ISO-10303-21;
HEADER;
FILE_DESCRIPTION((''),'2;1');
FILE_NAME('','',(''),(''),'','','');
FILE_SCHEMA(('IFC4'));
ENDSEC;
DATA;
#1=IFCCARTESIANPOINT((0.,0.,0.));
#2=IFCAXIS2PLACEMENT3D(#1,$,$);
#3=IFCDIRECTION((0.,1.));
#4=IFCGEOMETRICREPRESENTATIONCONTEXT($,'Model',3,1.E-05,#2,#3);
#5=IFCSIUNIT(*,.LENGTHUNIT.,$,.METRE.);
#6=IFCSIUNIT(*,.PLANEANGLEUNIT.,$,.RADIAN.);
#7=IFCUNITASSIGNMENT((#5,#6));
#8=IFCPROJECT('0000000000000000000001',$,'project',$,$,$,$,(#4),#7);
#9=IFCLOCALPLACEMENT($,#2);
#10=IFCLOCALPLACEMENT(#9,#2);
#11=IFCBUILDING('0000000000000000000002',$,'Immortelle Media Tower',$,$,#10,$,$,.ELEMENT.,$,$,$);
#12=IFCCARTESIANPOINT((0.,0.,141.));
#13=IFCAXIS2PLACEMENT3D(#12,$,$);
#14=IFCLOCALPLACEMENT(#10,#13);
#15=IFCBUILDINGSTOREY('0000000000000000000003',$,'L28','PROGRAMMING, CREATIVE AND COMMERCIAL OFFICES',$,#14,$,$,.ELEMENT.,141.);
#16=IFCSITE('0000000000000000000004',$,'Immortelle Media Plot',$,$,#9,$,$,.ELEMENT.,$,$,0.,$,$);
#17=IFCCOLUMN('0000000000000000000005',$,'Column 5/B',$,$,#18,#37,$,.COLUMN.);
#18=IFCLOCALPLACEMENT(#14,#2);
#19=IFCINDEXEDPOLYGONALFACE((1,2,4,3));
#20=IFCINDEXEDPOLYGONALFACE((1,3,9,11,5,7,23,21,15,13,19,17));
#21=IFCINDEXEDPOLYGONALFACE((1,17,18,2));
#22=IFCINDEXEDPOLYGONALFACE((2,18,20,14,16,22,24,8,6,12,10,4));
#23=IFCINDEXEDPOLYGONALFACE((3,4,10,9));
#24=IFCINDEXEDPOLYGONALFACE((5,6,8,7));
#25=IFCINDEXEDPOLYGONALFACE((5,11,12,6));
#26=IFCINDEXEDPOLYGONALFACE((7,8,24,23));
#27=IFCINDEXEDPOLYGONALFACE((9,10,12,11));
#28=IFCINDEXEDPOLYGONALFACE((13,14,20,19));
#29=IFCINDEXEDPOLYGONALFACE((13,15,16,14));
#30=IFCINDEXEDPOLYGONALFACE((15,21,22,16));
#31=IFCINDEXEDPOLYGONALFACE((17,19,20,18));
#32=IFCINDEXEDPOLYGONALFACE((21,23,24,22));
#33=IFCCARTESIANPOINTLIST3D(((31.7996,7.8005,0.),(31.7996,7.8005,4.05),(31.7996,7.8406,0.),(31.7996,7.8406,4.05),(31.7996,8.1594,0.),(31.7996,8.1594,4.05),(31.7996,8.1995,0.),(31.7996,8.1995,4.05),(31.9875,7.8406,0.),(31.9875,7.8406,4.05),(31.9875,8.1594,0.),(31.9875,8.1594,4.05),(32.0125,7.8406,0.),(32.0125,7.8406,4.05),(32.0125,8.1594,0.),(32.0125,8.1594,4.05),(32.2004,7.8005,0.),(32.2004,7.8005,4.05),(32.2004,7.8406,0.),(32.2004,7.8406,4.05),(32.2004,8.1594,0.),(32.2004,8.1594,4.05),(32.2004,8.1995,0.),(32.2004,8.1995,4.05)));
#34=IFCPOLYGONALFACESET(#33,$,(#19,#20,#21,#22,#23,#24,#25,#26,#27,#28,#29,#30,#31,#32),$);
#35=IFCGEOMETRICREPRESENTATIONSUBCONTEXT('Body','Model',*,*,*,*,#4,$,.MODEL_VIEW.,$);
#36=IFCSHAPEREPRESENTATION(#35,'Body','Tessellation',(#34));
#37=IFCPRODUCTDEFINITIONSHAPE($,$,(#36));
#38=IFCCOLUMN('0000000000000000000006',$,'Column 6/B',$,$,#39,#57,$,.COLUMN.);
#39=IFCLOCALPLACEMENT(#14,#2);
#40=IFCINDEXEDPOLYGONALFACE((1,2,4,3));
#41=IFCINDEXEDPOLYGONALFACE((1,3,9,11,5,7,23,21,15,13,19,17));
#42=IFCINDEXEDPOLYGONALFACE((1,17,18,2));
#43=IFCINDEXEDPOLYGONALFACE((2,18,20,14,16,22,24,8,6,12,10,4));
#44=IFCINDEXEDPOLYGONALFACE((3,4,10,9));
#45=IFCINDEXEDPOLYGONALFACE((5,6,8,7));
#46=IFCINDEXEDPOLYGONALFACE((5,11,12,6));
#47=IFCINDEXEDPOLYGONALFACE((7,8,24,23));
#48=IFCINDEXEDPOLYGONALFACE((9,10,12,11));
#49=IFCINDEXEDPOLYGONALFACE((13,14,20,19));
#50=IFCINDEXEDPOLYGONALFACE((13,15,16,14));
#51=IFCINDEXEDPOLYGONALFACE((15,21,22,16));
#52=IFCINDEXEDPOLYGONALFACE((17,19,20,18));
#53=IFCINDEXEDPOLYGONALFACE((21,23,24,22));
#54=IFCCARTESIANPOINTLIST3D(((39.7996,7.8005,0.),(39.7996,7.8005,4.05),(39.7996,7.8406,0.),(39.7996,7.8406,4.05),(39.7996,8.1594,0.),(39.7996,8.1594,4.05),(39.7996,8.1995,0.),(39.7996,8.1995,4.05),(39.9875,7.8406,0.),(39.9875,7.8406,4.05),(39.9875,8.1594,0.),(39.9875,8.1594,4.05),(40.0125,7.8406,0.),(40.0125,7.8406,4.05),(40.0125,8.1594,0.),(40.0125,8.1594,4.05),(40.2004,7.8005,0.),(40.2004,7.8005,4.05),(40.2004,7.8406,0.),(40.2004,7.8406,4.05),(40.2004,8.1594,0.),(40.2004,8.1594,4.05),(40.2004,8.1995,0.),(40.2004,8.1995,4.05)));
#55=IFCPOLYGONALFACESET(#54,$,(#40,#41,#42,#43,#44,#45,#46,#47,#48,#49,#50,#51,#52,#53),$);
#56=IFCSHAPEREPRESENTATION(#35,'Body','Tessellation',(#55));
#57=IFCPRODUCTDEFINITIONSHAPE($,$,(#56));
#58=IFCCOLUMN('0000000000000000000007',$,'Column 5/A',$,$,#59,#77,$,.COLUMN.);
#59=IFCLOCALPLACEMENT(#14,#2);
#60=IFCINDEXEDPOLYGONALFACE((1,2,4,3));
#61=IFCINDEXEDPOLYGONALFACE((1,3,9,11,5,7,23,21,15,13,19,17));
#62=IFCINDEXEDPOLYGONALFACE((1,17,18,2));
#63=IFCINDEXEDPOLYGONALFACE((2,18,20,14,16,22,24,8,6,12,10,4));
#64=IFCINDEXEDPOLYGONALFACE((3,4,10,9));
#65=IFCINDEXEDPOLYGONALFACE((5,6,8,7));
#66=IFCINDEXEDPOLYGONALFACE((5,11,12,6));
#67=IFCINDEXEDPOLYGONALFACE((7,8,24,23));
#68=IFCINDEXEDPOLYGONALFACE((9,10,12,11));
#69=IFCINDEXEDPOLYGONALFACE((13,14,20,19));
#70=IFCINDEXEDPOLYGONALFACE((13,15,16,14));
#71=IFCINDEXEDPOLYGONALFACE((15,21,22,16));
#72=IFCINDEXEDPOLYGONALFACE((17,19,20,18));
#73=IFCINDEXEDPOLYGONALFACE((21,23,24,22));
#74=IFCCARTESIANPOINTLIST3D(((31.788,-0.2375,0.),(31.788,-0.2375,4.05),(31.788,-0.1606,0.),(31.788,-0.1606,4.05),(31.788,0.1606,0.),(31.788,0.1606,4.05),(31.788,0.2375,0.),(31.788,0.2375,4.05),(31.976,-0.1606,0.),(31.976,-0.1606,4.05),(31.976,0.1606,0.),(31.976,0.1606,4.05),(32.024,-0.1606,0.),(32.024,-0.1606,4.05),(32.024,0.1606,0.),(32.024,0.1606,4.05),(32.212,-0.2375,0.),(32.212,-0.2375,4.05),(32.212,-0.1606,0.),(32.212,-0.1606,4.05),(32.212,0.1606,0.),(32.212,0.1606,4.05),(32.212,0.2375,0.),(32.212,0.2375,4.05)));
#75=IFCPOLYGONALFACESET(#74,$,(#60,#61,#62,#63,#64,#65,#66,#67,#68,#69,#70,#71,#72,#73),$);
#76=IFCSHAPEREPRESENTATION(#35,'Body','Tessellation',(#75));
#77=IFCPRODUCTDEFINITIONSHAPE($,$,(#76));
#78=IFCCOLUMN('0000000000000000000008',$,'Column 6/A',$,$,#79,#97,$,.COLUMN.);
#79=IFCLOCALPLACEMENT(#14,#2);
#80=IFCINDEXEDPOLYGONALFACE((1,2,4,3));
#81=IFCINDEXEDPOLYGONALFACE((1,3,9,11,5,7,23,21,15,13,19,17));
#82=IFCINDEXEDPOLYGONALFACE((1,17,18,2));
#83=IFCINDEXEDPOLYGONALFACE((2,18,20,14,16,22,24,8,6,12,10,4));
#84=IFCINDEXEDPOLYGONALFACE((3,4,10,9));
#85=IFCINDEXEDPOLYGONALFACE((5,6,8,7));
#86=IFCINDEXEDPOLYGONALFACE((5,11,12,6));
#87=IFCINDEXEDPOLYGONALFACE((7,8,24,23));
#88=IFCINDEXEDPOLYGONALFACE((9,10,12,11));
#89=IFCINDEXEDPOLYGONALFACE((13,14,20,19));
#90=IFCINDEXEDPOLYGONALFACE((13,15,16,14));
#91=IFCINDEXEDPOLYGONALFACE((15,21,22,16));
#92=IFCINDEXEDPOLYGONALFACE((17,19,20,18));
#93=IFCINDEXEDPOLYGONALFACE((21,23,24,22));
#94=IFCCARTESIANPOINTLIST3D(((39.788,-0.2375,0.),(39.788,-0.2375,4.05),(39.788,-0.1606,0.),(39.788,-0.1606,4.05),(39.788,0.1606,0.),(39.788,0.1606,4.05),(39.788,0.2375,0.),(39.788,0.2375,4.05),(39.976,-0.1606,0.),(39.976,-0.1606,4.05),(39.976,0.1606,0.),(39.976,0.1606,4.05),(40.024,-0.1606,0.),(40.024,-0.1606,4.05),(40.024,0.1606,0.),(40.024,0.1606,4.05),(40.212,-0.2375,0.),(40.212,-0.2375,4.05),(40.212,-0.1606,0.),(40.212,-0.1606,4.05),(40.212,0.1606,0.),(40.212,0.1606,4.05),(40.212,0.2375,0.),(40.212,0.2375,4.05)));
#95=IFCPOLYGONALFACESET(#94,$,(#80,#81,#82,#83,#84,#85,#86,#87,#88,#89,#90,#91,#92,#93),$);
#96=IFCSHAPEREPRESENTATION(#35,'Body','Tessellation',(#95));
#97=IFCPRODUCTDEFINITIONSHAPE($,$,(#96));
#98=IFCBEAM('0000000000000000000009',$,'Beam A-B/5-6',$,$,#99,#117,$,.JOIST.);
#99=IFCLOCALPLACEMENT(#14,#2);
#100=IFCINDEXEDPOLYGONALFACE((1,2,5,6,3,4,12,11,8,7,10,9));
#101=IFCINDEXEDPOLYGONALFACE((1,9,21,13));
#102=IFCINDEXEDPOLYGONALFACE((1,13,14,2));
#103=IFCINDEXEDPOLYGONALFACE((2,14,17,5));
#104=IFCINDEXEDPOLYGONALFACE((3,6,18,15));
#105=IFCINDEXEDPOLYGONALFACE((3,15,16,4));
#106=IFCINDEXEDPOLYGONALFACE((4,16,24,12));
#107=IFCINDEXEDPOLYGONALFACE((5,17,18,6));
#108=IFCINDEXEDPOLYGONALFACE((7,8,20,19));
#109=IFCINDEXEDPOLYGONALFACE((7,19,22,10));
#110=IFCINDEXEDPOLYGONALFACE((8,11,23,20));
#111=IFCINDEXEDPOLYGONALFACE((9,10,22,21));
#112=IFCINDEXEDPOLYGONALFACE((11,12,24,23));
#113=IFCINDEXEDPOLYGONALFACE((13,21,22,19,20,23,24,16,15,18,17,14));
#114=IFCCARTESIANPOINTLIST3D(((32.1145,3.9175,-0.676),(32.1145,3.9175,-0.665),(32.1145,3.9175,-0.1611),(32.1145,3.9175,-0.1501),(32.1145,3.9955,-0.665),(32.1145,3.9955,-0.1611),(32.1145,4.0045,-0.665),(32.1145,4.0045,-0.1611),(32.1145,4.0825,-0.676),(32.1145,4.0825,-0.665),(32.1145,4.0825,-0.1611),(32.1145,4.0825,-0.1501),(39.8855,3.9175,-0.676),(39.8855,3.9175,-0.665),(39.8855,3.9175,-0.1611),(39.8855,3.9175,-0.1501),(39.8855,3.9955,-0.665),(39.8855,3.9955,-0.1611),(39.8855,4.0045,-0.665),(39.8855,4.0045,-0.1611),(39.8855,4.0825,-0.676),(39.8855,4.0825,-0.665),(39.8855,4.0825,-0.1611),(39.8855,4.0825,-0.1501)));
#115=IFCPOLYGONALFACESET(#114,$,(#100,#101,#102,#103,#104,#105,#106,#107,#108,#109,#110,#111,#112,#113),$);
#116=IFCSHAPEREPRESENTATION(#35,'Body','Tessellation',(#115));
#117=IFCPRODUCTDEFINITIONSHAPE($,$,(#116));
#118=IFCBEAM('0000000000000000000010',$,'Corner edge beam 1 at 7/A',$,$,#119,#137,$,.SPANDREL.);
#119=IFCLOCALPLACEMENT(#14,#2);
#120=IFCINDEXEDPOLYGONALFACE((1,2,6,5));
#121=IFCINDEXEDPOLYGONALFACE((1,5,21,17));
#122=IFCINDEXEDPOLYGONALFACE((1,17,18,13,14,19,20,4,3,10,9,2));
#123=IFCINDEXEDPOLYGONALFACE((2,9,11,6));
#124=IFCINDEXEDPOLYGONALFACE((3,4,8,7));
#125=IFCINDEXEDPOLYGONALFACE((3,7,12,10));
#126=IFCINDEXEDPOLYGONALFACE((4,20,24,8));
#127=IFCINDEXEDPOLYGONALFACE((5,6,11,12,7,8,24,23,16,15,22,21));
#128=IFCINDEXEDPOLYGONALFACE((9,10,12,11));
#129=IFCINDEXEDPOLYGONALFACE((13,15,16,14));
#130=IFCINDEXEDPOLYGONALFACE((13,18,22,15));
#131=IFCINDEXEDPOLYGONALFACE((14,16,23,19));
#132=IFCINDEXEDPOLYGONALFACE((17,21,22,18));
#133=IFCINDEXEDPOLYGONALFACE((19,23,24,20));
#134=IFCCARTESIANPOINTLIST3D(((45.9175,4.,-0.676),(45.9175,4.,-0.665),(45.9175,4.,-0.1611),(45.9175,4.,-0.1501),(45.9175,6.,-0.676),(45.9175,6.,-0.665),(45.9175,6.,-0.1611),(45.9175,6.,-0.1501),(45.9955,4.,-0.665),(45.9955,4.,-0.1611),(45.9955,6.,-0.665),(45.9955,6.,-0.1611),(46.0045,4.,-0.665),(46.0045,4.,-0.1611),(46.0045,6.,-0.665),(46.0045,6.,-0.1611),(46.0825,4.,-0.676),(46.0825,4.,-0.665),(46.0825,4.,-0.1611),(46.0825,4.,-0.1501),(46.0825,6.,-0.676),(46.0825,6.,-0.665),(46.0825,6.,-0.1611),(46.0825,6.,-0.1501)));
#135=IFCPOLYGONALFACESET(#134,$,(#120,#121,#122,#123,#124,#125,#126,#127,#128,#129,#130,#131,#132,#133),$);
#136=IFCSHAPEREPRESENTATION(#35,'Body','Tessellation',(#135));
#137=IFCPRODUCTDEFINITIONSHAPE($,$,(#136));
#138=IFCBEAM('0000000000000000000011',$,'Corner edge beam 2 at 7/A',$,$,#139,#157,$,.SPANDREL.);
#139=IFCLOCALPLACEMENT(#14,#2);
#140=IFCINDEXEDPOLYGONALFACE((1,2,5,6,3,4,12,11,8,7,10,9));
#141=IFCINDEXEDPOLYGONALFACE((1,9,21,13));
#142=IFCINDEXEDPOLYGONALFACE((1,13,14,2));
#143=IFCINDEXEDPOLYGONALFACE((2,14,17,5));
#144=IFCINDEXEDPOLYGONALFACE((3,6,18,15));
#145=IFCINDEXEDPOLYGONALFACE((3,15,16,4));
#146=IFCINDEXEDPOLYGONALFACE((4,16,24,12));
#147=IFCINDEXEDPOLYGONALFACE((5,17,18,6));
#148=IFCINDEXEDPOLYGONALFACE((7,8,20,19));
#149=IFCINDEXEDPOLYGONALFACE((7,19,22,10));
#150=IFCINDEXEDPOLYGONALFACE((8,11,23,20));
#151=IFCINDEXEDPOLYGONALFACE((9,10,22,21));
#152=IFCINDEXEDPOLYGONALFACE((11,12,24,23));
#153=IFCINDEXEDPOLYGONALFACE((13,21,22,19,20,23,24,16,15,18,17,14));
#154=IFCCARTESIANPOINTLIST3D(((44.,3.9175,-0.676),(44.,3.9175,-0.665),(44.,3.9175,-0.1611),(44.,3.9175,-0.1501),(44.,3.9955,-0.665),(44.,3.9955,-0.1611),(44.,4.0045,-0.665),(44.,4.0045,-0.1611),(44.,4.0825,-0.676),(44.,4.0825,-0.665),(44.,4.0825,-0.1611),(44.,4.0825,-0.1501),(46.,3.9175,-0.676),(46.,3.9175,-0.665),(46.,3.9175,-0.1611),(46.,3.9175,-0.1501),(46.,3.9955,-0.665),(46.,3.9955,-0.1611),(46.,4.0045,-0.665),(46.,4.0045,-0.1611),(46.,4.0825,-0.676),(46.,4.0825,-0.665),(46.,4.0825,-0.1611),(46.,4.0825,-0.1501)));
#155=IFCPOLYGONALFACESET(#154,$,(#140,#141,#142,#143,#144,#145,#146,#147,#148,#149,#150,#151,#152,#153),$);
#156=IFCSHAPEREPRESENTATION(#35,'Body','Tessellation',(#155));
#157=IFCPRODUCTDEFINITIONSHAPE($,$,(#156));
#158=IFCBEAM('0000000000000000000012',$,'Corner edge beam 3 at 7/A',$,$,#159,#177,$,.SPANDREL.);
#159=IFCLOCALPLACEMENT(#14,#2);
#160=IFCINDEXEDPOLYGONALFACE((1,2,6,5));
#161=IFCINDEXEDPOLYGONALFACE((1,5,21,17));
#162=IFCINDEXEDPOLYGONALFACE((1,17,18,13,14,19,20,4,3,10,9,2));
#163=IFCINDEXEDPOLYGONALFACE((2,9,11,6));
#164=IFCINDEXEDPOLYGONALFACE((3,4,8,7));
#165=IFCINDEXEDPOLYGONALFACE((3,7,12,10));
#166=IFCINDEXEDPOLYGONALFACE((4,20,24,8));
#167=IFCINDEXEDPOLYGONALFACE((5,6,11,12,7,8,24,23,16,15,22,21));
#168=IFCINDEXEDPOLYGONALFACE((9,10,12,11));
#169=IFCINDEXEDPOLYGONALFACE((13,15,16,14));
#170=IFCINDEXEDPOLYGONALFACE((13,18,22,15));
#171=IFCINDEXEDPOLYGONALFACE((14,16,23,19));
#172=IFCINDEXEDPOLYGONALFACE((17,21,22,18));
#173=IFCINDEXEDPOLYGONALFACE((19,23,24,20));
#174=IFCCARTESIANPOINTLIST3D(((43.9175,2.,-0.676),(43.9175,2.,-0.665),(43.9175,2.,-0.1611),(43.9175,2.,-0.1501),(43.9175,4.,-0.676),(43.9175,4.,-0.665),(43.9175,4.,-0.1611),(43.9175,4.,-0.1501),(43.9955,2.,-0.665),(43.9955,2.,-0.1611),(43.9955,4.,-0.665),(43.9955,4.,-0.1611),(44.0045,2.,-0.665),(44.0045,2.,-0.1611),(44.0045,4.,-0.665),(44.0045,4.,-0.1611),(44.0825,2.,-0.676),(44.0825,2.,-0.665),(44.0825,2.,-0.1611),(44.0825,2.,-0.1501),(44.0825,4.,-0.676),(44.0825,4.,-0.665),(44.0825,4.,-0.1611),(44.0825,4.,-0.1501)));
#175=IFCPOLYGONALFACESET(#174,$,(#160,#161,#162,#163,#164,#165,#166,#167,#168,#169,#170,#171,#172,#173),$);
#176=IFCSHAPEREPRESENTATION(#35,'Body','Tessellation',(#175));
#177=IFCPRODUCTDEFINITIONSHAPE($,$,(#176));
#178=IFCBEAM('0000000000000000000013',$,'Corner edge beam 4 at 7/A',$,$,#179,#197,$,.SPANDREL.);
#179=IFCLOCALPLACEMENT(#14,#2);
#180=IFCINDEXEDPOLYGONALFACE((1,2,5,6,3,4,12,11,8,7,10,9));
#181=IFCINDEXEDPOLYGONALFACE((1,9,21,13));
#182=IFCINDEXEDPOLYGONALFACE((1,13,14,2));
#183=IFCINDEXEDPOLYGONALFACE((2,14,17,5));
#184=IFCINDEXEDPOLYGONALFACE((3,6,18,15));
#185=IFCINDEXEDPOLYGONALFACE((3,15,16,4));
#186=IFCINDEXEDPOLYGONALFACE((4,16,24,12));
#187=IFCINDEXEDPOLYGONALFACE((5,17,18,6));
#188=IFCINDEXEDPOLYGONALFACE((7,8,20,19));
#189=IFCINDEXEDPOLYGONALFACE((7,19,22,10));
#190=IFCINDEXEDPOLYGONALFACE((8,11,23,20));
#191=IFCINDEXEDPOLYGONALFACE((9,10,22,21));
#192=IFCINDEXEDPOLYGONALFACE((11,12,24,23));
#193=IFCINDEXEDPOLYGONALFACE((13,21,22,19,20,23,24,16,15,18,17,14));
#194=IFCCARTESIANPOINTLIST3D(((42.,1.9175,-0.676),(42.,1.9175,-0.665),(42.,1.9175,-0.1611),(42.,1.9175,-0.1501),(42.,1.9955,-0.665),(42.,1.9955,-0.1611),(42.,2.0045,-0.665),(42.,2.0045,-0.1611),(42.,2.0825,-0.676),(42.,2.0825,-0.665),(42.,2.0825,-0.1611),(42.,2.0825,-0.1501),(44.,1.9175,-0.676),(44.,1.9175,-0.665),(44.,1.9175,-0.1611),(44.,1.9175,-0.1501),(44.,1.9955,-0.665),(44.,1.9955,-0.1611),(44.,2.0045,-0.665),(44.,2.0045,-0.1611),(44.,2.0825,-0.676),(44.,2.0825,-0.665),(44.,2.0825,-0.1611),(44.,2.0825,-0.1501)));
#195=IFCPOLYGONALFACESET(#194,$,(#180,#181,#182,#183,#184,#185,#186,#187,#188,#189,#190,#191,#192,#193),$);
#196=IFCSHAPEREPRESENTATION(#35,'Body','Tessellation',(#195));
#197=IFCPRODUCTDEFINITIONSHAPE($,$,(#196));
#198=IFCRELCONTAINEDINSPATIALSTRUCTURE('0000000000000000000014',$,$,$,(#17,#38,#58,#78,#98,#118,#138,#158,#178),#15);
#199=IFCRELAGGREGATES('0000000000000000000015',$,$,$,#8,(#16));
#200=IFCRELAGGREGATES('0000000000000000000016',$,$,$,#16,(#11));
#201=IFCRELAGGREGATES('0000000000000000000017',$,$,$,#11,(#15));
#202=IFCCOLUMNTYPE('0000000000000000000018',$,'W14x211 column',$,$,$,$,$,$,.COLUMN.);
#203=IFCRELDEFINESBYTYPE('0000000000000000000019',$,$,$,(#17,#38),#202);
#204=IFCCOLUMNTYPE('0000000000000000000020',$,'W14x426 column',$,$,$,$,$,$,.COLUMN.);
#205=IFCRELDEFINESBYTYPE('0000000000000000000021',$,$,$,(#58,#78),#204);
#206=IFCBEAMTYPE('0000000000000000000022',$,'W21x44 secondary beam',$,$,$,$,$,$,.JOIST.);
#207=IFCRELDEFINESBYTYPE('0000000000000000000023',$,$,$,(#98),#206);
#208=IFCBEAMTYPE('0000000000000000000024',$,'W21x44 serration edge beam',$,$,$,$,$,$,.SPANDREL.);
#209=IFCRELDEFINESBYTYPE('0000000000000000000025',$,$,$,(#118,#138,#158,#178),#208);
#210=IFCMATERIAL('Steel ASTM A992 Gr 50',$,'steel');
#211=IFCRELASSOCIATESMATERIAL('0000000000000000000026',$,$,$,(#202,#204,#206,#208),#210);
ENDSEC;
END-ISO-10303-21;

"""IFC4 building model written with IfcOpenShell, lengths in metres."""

from ifc_helpers import new_model, si_unit, direction, frame, origin, origin_2d, place, context, subcontext, project, spatial, i_section, extrude, material, material_profile, profile_set, type_object, element, save


model = new_model("IFC4")

# Units and contexts
model_context = context("Model", 3, precision=1e-05, world=origin(), true_north=direction((0.0, 1.0)))
body_context = subcontext(model_context, "Body", "Model", "MODEL_VIEW")
ifc_project = project(units=[si_unit("LENGTHUNIT", "METRE"), si_unit("PLANEANGLEUNIT", "RADIAN")], contexts=[model_context])

# Site, building, storey
site_placement = place(None, origin())
site = spatial("IfcSite", under=ifc_project, at=site_placement, Name="Immortelle Media Plot", CompositionType="ELEMENT", RefElevation=0.0)
building_placement = place(site_placement, origin())
building = spatial("IfcBuilding", under=site, at=building_placement, Name="Immortelle Media Tower", CompositionType="ELEMENT")
storey_placement = place(building_placement, frame((0.0, 0.0, 141.0)))
storey = spatial("IfcBuildingStorey", under=building, at=storey_placement, Name="L28", Description="PROGRAMMING, CREATIVE AND COMMERCIAL OFFICES", CompositionType="ELEMENT", Elevation=141.0)

# Columns
ifc_material_1 = material(Name="Steel ASTM A992 Gr 50", Category="steel")
ifc_material_profile_1 = material_profile(ifc_material_1, i_section(OverallWidth=0.4009, OverallDepth=0.3989, WebThickness=0.0249, FlangeThickness=0.04, at=origin_2d()), Name="W14x211")
ifc_profile_set_1 = profile_set([ifc_material_profile_1], Name="Steel ASTM A992 Gr 50")
column_type_1 = type_object("IfcColumnType", Name="W14x211 column", PredefinedType="COLUMN", material=ifc_profile_set_1)
for number, where, z_axis, x_axis, name in (
    (1, (32.0, 8.0, 0.0), (0.0, 0.0, 1.0), (1.0, 0.0, 0.0), "Column 5/B"),
    (2, (40.0, 8.0, 0.0), (0.0, 0.0, 1.0), (1.0, 0.0, 0.0), "Column 6/B"),
):
    element("IfcColumn", number, at=place(storey_placement, frame(where, z_axis=z_axis, x_axis=x_axis)), inside=storey, type_object=column_type_1, Name=name, PredefinedType="COLUMN", context=body_context, shape_type="SweptSolid", body=[
        extrude(i_section(OverallWidth=0.4009, OverallDepth=0.3989, WebThickness=0.0249, FlangeThickness=0.04, at=origin_2d()), origin(), (0.0, 0.0, 1.0), 4.05),
    ])
ifc_material_profile_2 = material_profile(ifc_material_1, i_section(OverallWidth=0.4241, OverallDepth=0.4751, WebThickness=0.0481, FlangeThickness=0.0769, at=origin_2d()), Name="W14x426")
ifc_profile_set_2 = profile_set([ifc_material_profile_2], Name="Steel ASTM A992 Gr 50")
column_type_2 = type_object("IfcColumnType", Name="W14x426 column", PredefinedType="COLUMN", material=ifc_profile_set_2)
for number, where, z_axis, x_axis, name in (
    (3, (32.0, 0.0, 0.0), (0.0, 0.0, 1.0), (1.0, 0.0, 0.0), "Column 5/A"),
    (4, (40.0, 0.0, 0.0), (0.0, 0.0, 1.0), (1.0, 0.0, 0.0), "Column 6/A"),
):
    element("IfcColumn", number, at=place(storey_placement, frame(where, z_axis=z_axis, x_axis=x_axis)), inside=storey, type_object=column_type_2, Name=name, PredefinedType="COLUMN", context=body_context, shape_type="SweptSolid", body=[
        extrude(i_section(OverallWidth=0.4241, OverallDepth=0.4751, WebThickness=0.0481, FlangeThickness=0.0769, at=origin_2d()), origin(), (0.0, 0.0, 1.0), 4.05),
    ])

# Beams
ifc_material_profile_3 = material_profile(ifc_material_1, i_section(OverallWidth=0.165, OverallDepth=0.5259, WebThickness=0.009, FlangeThickness=0.011, at=origin_2d()), Name="W21x44")
ifc_profile_set_3 = profile_set([ifc_material_profile_3], Name="Steel ASTM A992 Gr 50")
beam_type_1 = type_object("IfcBeamType", Name="W21x44 secondary beam", PredefinedType="JOIST", material=ifc_profile_set_3)
beam_1_placement = place(storey_placement, frame((32.1145, 4.0, -0.4131), z_axis=(1.0, 0.0, 0.0), x_axis=(0.0, 1.0, 0.0)))
element("IfcBeam", 5, at=beam_1_placement, inside=storey, type_object=beam_type_1, Name="Beam A-B/5-6", PredefinedType="JOIST", context=body_context, shape_type="SweptSolid", body=[
    extrude(i_section(OverallWidth=0.165, OverallDepth=0.5259, WebThickness=0.009, FlangeThickness=0.011, at=origin_2d()), origin(), (0.0, 0.0, 1.0), 7.771),
])
ifc_material_profile_4 = material_profile(ifc_material_1, i_section(OverallWidth=0.165, OverallDepth=0.5259, WebThickness=0.009, FlangeThickness=0.011, at=origin_2d()), Name="W21x44")
ifc_profile_set_4 = profile_set([ifc_material_profile_4], Name="Steel ASTM A992 Gr 50")
beam_type_2 = type_object("IfcBeamType", Name="W21x44 serration edge beam", PredefinedType="SPANDREL", material=ifc_profile_set_4)
for number, where, z_axis, x_axis, name in (
    (6, (46.0, 6.0, -0.4131), (0.0, -1.0, 0.0), (1.0, 0.0, 0.0), "Corner edge beam 1 at 7/A"),
    (7, (46.0, 4.0, -0.4131), (-1.0, 0.0, 0.0), (0.0, -1.0, 0.0), "Corner edge beam 2 at 7/A"),
    (8, (44.0, 4.0, -0.4131), (0.0, -1.0, 0.0), (1.0, 0.0, 0.0), "Corner edge beam 3 at 7/A"),
    (9, (44.0, 2.0, -0.4131), (-1.0, 0.0, 0.0), (0.0, -1.0, 0.0), "Corner edge beam 4 at 7/A"),
):
    element("IfcBeam", number, at=place(storey_placement, frame(where, z_axis=z_axis, x_axis=x_axis)), inside=storey, type_object=beam_type_2, Name=name, PredefinedType="SPANDREL", context=body_context, shape_type="SweptSolid", body=[
        extrude(i_section(OverallWidth=0.165, OverallDepth=0.5259, WebThickness=0.009, FlangeThickness=0.011, at=origin_2d()), origin(), (0.0, 0.0, 1.0), 2.0),
    ])

save(model, "model.ifc")
